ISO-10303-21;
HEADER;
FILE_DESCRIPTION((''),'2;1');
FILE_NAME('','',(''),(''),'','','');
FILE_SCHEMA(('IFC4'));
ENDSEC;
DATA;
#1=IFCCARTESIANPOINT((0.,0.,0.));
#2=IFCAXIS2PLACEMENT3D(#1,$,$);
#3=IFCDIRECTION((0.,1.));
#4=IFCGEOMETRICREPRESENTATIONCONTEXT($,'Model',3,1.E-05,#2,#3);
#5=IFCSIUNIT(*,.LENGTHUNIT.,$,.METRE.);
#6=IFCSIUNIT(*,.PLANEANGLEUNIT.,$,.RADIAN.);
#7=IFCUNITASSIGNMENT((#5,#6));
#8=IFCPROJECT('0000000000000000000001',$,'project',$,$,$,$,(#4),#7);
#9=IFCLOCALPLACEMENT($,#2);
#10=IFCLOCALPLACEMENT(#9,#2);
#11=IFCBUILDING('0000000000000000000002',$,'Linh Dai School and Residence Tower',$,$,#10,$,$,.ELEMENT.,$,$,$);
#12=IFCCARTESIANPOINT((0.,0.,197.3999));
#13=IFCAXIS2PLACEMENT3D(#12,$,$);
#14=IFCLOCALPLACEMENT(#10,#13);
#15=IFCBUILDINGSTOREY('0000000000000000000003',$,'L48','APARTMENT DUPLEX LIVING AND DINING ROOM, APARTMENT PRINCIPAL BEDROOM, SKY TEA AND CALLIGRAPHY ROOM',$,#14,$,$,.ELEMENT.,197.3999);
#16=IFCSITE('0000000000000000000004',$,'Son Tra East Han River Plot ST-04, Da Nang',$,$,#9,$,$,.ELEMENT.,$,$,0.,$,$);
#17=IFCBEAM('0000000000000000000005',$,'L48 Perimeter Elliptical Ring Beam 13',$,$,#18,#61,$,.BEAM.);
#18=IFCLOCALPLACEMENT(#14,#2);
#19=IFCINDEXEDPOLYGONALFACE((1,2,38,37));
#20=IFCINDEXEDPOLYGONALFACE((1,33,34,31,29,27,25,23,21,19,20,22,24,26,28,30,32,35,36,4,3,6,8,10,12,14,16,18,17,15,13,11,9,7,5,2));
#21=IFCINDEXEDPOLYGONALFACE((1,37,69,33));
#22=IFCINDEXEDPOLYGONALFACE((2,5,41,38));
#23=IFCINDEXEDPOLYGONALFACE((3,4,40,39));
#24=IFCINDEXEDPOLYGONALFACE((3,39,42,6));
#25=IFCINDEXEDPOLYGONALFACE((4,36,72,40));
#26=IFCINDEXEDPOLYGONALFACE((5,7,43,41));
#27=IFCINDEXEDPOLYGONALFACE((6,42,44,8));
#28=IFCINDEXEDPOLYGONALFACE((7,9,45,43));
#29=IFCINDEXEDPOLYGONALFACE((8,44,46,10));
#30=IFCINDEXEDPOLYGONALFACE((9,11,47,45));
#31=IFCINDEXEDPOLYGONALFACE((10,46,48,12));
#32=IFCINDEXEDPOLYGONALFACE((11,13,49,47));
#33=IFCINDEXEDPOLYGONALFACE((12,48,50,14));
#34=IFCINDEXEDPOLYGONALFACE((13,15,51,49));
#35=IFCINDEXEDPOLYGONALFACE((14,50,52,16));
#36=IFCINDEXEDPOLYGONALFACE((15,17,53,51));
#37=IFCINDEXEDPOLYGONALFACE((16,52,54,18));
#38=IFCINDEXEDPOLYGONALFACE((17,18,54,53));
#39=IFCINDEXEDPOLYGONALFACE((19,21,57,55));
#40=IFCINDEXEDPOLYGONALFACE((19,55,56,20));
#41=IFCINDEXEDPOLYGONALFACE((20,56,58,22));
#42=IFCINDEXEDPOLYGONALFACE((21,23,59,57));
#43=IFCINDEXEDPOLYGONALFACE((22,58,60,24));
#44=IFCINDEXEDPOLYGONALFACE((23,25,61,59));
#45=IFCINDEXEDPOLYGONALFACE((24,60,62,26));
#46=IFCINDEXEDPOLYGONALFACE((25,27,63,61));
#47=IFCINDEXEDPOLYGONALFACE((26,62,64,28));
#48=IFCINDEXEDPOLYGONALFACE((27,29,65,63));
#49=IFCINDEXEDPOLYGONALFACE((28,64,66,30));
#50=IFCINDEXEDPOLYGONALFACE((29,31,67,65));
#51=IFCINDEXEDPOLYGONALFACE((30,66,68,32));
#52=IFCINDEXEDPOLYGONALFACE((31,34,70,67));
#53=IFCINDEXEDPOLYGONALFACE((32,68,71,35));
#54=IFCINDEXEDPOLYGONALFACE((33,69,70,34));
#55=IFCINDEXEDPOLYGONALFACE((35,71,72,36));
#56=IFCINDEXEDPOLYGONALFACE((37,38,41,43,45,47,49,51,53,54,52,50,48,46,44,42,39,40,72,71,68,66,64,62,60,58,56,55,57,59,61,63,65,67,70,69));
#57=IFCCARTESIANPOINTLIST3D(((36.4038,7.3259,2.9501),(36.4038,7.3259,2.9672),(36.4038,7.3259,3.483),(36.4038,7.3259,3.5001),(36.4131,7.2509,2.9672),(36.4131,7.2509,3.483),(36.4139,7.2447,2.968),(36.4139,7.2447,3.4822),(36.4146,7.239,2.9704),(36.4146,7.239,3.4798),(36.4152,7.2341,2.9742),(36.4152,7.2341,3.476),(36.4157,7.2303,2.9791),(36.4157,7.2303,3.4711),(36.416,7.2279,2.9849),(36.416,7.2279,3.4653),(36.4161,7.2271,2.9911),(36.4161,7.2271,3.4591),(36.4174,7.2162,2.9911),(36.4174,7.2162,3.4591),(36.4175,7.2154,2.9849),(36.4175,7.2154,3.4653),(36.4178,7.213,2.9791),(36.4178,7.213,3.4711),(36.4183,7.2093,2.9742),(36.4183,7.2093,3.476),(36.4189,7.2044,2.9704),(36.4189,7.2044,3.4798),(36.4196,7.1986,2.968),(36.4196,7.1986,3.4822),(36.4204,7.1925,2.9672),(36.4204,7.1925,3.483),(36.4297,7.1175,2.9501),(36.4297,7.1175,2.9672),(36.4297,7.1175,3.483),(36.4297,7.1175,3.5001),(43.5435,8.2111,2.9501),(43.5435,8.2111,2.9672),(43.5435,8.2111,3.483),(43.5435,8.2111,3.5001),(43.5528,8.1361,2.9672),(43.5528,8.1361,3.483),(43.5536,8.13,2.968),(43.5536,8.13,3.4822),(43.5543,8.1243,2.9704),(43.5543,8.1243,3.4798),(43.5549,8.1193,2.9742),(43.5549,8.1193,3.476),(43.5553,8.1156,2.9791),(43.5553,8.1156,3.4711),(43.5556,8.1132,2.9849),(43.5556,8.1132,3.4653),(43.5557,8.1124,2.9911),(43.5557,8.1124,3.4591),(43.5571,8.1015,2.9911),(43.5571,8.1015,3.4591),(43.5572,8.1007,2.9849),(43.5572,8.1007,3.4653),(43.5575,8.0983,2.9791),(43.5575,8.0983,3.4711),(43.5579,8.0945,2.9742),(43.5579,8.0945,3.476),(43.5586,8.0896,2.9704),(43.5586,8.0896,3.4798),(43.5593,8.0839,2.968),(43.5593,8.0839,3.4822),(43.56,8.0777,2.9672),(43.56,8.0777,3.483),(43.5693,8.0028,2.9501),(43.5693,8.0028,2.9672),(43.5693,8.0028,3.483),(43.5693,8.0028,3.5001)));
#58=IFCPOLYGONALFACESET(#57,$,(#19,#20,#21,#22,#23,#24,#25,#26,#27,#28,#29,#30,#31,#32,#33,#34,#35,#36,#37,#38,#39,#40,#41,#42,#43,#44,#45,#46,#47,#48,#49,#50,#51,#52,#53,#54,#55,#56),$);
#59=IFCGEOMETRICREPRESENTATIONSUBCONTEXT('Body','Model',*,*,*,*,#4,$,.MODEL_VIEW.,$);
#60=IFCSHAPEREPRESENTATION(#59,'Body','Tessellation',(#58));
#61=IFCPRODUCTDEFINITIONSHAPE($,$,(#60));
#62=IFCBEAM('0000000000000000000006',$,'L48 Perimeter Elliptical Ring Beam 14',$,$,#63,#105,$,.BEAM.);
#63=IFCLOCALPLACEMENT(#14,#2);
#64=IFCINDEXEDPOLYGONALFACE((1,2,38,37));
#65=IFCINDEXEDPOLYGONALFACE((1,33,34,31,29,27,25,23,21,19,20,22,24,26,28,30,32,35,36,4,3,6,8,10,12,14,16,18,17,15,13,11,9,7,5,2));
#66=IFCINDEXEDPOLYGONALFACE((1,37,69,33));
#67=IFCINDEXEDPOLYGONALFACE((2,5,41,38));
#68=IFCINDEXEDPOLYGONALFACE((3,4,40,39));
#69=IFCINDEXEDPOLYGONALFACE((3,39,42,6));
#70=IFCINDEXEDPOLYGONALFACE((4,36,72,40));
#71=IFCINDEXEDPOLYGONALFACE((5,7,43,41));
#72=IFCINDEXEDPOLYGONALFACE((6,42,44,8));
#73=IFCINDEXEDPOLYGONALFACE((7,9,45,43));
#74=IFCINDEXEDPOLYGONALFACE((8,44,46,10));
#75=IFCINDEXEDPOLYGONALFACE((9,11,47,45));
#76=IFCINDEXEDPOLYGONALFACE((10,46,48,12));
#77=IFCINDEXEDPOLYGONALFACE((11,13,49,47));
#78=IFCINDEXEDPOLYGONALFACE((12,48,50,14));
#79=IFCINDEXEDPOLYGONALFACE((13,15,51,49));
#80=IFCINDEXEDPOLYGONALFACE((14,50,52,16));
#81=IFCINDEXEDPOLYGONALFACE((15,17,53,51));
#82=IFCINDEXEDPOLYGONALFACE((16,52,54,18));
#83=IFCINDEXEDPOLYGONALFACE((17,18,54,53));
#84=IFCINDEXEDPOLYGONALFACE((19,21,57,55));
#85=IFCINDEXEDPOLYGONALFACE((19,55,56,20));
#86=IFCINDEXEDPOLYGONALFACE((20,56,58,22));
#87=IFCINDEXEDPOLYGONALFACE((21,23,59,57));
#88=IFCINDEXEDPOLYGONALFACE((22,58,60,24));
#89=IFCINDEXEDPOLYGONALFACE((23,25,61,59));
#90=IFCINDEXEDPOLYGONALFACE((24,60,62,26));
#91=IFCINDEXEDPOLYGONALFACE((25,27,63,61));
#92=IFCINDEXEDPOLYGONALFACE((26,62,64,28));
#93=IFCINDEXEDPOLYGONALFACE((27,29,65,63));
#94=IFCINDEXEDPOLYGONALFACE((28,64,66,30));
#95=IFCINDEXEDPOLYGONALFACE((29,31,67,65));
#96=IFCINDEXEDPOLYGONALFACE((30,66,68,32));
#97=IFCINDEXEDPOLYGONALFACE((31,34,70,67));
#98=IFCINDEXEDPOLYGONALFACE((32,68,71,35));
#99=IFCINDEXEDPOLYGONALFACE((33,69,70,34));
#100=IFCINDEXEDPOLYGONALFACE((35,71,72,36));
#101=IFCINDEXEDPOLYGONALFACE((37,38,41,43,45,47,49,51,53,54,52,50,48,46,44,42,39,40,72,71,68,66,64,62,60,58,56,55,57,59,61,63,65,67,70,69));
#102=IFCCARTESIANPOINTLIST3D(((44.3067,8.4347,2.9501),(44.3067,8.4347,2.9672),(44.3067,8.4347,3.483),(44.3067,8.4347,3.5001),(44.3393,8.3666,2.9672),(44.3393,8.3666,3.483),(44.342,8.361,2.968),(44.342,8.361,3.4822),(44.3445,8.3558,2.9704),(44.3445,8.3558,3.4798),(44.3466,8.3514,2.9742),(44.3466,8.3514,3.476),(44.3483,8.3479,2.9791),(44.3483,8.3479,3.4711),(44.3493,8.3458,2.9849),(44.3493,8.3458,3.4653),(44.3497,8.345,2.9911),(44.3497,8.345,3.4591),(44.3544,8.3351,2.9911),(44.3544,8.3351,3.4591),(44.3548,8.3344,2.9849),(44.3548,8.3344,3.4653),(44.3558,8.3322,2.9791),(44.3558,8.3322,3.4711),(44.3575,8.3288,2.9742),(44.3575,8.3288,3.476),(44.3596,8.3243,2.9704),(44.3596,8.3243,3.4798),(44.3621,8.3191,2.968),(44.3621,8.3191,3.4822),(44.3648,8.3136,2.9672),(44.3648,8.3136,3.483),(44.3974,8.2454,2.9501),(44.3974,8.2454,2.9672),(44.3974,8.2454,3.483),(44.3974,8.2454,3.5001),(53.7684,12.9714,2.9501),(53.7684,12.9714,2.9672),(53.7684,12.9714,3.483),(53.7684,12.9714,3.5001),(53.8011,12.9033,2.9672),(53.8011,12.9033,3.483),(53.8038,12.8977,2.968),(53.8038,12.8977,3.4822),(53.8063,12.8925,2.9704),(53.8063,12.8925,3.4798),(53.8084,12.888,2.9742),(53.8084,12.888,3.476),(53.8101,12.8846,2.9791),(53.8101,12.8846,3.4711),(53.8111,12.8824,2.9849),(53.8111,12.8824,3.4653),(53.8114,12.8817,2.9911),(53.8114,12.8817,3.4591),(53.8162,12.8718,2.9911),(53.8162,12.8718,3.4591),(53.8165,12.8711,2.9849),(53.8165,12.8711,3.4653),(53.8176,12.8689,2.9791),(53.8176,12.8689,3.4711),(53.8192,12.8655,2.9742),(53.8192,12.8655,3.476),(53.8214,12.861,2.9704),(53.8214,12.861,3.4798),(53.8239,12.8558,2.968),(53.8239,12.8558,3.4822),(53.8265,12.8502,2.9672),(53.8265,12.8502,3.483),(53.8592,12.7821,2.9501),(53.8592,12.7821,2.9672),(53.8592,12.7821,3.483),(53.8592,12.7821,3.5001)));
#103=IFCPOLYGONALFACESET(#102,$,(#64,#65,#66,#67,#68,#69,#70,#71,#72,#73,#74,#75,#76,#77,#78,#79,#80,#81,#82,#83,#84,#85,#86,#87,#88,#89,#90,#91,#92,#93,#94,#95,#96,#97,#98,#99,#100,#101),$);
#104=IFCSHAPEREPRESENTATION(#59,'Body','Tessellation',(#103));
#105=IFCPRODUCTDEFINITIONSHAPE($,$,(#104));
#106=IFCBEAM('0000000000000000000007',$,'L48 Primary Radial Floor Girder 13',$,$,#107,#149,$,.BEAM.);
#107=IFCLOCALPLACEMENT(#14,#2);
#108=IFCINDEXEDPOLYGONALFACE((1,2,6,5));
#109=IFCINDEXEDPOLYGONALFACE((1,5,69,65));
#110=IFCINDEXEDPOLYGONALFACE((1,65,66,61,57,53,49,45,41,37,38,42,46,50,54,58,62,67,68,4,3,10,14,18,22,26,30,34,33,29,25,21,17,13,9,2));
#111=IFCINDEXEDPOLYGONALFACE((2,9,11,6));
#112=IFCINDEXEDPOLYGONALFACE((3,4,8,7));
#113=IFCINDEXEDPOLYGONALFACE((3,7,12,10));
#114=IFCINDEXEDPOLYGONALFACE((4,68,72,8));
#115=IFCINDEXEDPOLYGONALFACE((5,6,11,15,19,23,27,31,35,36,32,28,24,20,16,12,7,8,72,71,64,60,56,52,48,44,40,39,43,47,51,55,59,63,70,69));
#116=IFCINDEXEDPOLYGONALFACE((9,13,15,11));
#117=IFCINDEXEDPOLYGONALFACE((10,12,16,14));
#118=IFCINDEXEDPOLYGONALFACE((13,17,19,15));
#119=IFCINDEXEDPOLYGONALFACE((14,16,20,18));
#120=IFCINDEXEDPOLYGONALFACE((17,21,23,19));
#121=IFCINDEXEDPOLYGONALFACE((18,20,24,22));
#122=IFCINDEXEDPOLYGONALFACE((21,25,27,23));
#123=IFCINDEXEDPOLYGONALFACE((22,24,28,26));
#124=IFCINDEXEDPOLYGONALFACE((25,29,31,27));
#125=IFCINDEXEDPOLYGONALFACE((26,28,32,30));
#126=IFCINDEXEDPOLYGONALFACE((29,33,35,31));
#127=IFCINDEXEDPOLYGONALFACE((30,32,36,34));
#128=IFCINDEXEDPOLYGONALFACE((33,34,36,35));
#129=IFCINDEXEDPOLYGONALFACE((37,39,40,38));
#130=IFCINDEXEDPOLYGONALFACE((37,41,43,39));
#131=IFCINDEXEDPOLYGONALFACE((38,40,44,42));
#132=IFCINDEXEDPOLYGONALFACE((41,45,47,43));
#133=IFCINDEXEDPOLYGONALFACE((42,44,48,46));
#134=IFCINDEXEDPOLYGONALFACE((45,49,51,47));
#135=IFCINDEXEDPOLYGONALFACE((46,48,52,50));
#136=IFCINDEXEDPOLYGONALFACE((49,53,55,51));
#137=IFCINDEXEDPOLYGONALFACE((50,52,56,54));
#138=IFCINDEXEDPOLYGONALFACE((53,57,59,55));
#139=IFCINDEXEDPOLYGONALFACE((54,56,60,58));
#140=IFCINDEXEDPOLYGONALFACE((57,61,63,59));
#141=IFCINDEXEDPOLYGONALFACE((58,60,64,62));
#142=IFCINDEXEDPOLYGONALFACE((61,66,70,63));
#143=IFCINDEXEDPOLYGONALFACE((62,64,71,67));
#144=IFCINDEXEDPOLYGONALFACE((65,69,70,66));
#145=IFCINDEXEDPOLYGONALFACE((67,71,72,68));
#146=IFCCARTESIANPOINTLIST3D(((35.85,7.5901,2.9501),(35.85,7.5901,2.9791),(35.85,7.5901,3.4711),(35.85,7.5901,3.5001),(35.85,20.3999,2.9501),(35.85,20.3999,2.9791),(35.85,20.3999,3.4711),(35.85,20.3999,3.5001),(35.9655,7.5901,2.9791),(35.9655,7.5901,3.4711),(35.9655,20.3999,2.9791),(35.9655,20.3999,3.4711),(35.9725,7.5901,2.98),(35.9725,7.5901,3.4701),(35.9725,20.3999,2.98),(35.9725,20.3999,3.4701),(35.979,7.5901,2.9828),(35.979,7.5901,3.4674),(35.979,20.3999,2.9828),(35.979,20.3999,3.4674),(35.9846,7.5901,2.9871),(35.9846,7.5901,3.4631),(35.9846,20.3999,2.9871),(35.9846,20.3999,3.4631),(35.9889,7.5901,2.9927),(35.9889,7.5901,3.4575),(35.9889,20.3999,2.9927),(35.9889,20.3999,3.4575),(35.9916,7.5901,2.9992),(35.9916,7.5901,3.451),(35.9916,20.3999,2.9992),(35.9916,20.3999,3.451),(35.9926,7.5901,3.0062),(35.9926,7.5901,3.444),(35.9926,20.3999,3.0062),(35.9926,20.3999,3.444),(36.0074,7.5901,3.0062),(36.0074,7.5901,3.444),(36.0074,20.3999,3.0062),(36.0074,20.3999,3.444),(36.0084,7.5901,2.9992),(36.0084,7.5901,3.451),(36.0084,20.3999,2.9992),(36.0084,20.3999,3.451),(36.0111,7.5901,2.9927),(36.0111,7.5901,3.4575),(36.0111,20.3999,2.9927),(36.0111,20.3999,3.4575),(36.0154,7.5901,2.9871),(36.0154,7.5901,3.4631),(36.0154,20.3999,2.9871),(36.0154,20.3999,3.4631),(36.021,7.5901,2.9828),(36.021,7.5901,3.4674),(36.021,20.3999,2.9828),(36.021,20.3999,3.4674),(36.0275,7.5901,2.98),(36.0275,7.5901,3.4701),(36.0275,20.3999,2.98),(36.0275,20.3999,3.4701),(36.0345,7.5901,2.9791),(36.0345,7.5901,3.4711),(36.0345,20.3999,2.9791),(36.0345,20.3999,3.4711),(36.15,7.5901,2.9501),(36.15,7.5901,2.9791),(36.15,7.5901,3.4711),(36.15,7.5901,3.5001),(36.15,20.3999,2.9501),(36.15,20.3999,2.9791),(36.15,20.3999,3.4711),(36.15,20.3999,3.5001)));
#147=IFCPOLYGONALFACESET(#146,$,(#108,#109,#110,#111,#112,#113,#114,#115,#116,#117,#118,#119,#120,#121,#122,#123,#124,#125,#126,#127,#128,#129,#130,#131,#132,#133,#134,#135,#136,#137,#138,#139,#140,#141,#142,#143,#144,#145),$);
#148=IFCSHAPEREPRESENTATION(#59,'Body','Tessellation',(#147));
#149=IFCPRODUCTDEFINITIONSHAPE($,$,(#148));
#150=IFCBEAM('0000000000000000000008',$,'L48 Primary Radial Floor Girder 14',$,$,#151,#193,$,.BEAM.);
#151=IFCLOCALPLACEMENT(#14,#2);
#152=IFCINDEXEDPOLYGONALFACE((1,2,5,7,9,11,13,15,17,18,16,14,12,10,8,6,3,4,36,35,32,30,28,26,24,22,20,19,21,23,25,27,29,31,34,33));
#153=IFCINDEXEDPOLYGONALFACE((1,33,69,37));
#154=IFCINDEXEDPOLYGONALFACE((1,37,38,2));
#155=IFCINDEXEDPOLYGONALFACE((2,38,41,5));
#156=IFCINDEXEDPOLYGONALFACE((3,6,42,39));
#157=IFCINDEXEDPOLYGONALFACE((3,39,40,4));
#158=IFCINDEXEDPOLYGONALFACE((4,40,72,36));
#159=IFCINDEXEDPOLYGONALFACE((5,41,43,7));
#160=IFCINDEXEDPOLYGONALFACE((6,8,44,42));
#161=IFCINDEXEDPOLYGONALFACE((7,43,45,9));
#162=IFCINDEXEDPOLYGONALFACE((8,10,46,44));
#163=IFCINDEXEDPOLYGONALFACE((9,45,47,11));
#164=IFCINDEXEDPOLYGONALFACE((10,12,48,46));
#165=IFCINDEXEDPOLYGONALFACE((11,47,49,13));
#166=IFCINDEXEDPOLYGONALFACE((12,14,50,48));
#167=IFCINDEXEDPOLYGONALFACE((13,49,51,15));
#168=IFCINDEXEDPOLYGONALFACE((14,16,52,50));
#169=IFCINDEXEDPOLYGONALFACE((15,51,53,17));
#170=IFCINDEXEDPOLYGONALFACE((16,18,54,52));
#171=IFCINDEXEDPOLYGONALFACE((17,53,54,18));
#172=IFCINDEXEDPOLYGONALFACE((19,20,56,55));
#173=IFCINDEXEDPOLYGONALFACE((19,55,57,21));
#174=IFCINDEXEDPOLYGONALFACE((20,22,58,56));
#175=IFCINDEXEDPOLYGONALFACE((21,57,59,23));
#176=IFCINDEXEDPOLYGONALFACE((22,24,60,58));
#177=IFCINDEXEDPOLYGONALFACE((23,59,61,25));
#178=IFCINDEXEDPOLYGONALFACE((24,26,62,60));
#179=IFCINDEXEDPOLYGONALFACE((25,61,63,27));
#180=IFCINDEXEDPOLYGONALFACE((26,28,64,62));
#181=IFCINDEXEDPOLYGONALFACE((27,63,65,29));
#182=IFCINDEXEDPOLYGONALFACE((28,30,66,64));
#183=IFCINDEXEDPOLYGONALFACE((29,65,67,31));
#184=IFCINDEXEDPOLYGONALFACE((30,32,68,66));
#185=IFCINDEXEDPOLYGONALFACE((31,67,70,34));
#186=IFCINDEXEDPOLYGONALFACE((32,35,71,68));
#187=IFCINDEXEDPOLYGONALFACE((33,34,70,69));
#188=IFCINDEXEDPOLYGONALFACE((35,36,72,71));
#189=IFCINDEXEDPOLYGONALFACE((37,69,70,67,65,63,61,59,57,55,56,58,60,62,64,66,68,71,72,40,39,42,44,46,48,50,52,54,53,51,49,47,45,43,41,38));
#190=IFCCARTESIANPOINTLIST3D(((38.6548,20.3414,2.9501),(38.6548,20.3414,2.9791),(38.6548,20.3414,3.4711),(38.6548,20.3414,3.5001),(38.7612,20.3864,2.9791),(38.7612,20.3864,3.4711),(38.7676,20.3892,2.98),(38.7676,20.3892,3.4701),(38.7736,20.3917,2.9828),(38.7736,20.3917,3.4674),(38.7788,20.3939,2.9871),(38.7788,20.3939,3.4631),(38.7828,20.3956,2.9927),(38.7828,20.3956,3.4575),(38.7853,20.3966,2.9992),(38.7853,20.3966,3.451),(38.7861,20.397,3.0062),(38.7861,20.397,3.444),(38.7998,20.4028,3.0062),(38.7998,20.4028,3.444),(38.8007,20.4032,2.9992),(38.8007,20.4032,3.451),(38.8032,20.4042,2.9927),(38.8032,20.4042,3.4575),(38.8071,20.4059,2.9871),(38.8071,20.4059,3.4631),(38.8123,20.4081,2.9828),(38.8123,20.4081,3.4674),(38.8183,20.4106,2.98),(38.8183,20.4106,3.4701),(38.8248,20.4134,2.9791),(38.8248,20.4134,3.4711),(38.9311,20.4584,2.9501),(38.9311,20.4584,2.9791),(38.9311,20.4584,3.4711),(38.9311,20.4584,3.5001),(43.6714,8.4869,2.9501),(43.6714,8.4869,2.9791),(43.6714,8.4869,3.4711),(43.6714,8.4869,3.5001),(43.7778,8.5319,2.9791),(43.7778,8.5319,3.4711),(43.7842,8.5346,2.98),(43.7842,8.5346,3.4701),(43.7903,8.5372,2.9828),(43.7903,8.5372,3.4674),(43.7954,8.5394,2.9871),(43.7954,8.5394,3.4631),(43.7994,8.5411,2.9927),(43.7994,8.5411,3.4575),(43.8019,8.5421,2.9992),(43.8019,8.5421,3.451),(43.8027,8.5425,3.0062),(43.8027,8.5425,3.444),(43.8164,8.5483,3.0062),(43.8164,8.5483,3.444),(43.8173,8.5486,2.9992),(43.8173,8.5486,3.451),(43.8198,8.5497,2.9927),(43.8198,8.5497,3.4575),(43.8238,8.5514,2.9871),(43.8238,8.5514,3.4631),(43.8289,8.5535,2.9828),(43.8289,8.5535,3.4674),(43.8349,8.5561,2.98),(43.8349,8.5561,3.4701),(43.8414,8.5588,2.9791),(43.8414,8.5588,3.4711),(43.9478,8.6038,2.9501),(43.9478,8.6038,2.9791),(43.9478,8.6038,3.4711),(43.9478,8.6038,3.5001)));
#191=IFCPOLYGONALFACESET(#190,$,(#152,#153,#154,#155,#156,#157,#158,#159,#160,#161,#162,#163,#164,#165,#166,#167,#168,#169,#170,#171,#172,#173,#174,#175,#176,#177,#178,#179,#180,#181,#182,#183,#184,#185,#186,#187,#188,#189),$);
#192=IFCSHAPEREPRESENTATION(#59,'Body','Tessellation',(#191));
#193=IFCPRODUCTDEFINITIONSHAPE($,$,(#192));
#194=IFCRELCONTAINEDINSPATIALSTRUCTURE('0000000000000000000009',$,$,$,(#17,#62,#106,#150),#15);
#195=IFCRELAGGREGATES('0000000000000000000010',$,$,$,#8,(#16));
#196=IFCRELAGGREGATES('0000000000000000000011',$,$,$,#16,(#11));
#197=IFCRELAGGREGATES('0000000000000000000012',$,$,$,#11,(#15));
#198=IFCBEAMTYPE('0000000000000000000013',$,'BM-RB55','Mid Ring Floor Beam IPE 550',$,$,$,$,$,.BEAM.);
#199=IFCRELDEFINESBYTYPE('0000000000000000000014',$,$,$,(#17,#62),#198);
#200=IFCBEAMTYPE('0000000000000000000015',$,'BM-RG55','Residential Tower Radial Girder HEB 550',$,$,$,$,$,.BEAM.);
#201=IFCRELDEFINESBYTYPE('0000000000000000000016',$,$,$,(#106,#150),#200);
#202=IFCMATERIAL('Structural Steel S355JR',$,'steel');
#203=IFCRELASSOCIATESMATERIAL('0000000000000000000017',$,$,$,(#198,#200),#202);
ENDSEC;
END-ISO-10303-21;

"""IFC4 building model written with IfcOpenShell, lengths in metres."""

from ifc_helpers import new_model, si_unit, direction, frame, origin, origin_2d, place, context, subcontext, project, spatial, i_section, extrude, material, material_profile, profile_set, type_object, element, save


model = new_model("IFC4")

# Units and contexts
model_context = context("Model", 3, precision=1e-05, world=origin(), true_north=direction((0.0, 1.0)))
body_context = subcontext(model_context, "Body", "Model", "MODEL_VIEW")
ifc_project = project(units=[si_unit("LENGTHUNIT", "METRE"), si_unit("PLANEANGLEUNIT", "RADIAN")], contexts=[model_context])

# Site, building, storey
site_placement = place(None, origin())
site = spatial("IfcSite", under=ifc_project, at=site_placement, Name="Son Tra East Han River Plot ST-04, Da Nang", CompositionType="ELEMENT", RefElevation=0.0)
building_placement = place(site_placement, origin())
building = spatial("IfcBuilding", under=site, at=building_placement, Name="Linh Dai School and Residence Tower", CompositionType="ELEMENT")
storey_placement = place(building_placement, frame((0.0, 0.0, 197.3999)))
storey = spatial("IfcBuildingStorey", under=building, at=storey_placement, Name="L48", Description="APARTMENT DUPLEX LIVING AND DINING ROOM, APARTMENT PRINCIPAL BEDROOM, SKY TEA AND CALLIGRAPHY ROOM", CompositionType="ELEMENT", Elevation=197.3999)

# Shared definitions
ifc_material_1 = material(Name="Structural Steel S355JR", Category="steel")

# Beams
ifc_material_profile_1 = material_profile(ifc_material_1, i_section(OverallWidth=0.21, OverallDepth=0.55, WebThickness=0.011, FlangeThickness=0.0171, FilletRadius=0.0239, at=origin_2d()), Name="IPE 550")
ifc_profile_set_1 = profile_set([ifc_material_profile_1], Name="Structural Steel S355JR")
beam_type_1 = type_object("IfcBeamType", Name="BM-RB55", Description="Mid Ring Floor Beam IPE 550", PredefinedType="BEAM", material=ifc_profile_set_1)
beam_1_placement = place(storey_placement, frame((36.4167, 7.2217, 3.2251), z_axis=(0.992401, 0.123049, 0.0), x_axis=(-0.123049, 0.992401, 0.0)))
element("IfcBeam", 1, at=beam_1_placement, inside=storey, type_object=beam_type_1, Name="L48 Perimeter Elliptical Ring Beam 13", PredefinedType="BEAM", context=body_context, shape_type="SweptSolid", body=[
    extrude(i_section(OverallWidth=0.21, OverallDepth=0.55, WebThickness=0.011, FlangeThickness=0.0171, FilletRadius=0.0239, at=origin_2d()), origin(), (0.0, 0.0, 1.0), 7.1943),
])
beam_2_placement = place(storey_placement, frame((44.3521, 8.3401, 3.2251), z_axis=(0.901708, 0.432345, 0.0), x_axis=(-0.432345, 0.901708, 0.0)))
element("IfcBeam", 2, at=beam_2_placement, inside=storey, type_object=beam_type_1, Name="L48 Perimeter Elliptical Ring Beam 14", PredefinedType="BEAM", context=body_context, shape_type="SweptSolid", body=[
    extrude(i_section(OverallWidth=0.21, OverallDepth=0.55, WebThickness=0.011, FlangeThickness=0.0171, FilletRadius=0.0239, at=origin_2d()), origin(), (0.0, 0.0, 1.0), 10.4932),
])
ifc_material_profile_2 = material_profile(ifc_material_1, i_section(OverallWidth=0.3, OverallDepth=0.55, WebThickness=0.0149, FlangeThickness=0.0291, FilletRadius=0.0271, at=origin_2d()), Name="HEB 550")
ifc_profile_set_2 = profile_set([ifc_material_profile_2], Name="Structural Steel S355JR")
beam_type_2 = type_object("IfcBeamType", Name="BM-RG55", Description="Residential Tower Radial Girder HEB 550", PredefinedType="BEAM", material=ifc_profile_set_2)
beam_3_placement = place(storey_placement, frame((36.0, 20.3999, 3.2251), z_axis=(0.0, -1.0, 0.0), x_axis=(1.0, 0.0, 0.0)))
element("IfcBeam", 3, at=beam_3_placement, inside=storey, type_object=beam_type_2, Name="L48 Primary Radial Floor Girder 13", PredefinedType="BEAM", context=body_context, shape_type="SweptSolid", body=[
    extrude(i_section(OverallWidth=0.3, OverallDepth=0.55, WebThickness=0.0149, FlangeThickness=0.0291, FilletRadius=0.0271, at=origin_2d()), origin(), (0.0, 0.0, 1.0), 12.8098),
])
beam_4_placement = place(storey_placement, frame((38.793, 20.3999, 3.2251), z_axis=(0.389722, -0.920933, 0.0), x_axis=(0.920933, 0.389722, 0.0)))
element("IfcBeam", 4, at=beam_4_placement, inside=storey, type_object=beam_type_2, Name="L48 Primary Radial Floor Girder 14", PredefinedType="BEAM", context=body_context, shape_type="SweptSolid", body=[
    extrude(i_section(OverallWidth=0.3, OverallDepth=0.55, WebThickness=0.0149, FlangeThickness=0.0291, FilletRadius=0.0271, at=origin_2d()), origin(), (0.0, 0.0, 1.0), 12.8723),
])

save(model, "model.ifc")
